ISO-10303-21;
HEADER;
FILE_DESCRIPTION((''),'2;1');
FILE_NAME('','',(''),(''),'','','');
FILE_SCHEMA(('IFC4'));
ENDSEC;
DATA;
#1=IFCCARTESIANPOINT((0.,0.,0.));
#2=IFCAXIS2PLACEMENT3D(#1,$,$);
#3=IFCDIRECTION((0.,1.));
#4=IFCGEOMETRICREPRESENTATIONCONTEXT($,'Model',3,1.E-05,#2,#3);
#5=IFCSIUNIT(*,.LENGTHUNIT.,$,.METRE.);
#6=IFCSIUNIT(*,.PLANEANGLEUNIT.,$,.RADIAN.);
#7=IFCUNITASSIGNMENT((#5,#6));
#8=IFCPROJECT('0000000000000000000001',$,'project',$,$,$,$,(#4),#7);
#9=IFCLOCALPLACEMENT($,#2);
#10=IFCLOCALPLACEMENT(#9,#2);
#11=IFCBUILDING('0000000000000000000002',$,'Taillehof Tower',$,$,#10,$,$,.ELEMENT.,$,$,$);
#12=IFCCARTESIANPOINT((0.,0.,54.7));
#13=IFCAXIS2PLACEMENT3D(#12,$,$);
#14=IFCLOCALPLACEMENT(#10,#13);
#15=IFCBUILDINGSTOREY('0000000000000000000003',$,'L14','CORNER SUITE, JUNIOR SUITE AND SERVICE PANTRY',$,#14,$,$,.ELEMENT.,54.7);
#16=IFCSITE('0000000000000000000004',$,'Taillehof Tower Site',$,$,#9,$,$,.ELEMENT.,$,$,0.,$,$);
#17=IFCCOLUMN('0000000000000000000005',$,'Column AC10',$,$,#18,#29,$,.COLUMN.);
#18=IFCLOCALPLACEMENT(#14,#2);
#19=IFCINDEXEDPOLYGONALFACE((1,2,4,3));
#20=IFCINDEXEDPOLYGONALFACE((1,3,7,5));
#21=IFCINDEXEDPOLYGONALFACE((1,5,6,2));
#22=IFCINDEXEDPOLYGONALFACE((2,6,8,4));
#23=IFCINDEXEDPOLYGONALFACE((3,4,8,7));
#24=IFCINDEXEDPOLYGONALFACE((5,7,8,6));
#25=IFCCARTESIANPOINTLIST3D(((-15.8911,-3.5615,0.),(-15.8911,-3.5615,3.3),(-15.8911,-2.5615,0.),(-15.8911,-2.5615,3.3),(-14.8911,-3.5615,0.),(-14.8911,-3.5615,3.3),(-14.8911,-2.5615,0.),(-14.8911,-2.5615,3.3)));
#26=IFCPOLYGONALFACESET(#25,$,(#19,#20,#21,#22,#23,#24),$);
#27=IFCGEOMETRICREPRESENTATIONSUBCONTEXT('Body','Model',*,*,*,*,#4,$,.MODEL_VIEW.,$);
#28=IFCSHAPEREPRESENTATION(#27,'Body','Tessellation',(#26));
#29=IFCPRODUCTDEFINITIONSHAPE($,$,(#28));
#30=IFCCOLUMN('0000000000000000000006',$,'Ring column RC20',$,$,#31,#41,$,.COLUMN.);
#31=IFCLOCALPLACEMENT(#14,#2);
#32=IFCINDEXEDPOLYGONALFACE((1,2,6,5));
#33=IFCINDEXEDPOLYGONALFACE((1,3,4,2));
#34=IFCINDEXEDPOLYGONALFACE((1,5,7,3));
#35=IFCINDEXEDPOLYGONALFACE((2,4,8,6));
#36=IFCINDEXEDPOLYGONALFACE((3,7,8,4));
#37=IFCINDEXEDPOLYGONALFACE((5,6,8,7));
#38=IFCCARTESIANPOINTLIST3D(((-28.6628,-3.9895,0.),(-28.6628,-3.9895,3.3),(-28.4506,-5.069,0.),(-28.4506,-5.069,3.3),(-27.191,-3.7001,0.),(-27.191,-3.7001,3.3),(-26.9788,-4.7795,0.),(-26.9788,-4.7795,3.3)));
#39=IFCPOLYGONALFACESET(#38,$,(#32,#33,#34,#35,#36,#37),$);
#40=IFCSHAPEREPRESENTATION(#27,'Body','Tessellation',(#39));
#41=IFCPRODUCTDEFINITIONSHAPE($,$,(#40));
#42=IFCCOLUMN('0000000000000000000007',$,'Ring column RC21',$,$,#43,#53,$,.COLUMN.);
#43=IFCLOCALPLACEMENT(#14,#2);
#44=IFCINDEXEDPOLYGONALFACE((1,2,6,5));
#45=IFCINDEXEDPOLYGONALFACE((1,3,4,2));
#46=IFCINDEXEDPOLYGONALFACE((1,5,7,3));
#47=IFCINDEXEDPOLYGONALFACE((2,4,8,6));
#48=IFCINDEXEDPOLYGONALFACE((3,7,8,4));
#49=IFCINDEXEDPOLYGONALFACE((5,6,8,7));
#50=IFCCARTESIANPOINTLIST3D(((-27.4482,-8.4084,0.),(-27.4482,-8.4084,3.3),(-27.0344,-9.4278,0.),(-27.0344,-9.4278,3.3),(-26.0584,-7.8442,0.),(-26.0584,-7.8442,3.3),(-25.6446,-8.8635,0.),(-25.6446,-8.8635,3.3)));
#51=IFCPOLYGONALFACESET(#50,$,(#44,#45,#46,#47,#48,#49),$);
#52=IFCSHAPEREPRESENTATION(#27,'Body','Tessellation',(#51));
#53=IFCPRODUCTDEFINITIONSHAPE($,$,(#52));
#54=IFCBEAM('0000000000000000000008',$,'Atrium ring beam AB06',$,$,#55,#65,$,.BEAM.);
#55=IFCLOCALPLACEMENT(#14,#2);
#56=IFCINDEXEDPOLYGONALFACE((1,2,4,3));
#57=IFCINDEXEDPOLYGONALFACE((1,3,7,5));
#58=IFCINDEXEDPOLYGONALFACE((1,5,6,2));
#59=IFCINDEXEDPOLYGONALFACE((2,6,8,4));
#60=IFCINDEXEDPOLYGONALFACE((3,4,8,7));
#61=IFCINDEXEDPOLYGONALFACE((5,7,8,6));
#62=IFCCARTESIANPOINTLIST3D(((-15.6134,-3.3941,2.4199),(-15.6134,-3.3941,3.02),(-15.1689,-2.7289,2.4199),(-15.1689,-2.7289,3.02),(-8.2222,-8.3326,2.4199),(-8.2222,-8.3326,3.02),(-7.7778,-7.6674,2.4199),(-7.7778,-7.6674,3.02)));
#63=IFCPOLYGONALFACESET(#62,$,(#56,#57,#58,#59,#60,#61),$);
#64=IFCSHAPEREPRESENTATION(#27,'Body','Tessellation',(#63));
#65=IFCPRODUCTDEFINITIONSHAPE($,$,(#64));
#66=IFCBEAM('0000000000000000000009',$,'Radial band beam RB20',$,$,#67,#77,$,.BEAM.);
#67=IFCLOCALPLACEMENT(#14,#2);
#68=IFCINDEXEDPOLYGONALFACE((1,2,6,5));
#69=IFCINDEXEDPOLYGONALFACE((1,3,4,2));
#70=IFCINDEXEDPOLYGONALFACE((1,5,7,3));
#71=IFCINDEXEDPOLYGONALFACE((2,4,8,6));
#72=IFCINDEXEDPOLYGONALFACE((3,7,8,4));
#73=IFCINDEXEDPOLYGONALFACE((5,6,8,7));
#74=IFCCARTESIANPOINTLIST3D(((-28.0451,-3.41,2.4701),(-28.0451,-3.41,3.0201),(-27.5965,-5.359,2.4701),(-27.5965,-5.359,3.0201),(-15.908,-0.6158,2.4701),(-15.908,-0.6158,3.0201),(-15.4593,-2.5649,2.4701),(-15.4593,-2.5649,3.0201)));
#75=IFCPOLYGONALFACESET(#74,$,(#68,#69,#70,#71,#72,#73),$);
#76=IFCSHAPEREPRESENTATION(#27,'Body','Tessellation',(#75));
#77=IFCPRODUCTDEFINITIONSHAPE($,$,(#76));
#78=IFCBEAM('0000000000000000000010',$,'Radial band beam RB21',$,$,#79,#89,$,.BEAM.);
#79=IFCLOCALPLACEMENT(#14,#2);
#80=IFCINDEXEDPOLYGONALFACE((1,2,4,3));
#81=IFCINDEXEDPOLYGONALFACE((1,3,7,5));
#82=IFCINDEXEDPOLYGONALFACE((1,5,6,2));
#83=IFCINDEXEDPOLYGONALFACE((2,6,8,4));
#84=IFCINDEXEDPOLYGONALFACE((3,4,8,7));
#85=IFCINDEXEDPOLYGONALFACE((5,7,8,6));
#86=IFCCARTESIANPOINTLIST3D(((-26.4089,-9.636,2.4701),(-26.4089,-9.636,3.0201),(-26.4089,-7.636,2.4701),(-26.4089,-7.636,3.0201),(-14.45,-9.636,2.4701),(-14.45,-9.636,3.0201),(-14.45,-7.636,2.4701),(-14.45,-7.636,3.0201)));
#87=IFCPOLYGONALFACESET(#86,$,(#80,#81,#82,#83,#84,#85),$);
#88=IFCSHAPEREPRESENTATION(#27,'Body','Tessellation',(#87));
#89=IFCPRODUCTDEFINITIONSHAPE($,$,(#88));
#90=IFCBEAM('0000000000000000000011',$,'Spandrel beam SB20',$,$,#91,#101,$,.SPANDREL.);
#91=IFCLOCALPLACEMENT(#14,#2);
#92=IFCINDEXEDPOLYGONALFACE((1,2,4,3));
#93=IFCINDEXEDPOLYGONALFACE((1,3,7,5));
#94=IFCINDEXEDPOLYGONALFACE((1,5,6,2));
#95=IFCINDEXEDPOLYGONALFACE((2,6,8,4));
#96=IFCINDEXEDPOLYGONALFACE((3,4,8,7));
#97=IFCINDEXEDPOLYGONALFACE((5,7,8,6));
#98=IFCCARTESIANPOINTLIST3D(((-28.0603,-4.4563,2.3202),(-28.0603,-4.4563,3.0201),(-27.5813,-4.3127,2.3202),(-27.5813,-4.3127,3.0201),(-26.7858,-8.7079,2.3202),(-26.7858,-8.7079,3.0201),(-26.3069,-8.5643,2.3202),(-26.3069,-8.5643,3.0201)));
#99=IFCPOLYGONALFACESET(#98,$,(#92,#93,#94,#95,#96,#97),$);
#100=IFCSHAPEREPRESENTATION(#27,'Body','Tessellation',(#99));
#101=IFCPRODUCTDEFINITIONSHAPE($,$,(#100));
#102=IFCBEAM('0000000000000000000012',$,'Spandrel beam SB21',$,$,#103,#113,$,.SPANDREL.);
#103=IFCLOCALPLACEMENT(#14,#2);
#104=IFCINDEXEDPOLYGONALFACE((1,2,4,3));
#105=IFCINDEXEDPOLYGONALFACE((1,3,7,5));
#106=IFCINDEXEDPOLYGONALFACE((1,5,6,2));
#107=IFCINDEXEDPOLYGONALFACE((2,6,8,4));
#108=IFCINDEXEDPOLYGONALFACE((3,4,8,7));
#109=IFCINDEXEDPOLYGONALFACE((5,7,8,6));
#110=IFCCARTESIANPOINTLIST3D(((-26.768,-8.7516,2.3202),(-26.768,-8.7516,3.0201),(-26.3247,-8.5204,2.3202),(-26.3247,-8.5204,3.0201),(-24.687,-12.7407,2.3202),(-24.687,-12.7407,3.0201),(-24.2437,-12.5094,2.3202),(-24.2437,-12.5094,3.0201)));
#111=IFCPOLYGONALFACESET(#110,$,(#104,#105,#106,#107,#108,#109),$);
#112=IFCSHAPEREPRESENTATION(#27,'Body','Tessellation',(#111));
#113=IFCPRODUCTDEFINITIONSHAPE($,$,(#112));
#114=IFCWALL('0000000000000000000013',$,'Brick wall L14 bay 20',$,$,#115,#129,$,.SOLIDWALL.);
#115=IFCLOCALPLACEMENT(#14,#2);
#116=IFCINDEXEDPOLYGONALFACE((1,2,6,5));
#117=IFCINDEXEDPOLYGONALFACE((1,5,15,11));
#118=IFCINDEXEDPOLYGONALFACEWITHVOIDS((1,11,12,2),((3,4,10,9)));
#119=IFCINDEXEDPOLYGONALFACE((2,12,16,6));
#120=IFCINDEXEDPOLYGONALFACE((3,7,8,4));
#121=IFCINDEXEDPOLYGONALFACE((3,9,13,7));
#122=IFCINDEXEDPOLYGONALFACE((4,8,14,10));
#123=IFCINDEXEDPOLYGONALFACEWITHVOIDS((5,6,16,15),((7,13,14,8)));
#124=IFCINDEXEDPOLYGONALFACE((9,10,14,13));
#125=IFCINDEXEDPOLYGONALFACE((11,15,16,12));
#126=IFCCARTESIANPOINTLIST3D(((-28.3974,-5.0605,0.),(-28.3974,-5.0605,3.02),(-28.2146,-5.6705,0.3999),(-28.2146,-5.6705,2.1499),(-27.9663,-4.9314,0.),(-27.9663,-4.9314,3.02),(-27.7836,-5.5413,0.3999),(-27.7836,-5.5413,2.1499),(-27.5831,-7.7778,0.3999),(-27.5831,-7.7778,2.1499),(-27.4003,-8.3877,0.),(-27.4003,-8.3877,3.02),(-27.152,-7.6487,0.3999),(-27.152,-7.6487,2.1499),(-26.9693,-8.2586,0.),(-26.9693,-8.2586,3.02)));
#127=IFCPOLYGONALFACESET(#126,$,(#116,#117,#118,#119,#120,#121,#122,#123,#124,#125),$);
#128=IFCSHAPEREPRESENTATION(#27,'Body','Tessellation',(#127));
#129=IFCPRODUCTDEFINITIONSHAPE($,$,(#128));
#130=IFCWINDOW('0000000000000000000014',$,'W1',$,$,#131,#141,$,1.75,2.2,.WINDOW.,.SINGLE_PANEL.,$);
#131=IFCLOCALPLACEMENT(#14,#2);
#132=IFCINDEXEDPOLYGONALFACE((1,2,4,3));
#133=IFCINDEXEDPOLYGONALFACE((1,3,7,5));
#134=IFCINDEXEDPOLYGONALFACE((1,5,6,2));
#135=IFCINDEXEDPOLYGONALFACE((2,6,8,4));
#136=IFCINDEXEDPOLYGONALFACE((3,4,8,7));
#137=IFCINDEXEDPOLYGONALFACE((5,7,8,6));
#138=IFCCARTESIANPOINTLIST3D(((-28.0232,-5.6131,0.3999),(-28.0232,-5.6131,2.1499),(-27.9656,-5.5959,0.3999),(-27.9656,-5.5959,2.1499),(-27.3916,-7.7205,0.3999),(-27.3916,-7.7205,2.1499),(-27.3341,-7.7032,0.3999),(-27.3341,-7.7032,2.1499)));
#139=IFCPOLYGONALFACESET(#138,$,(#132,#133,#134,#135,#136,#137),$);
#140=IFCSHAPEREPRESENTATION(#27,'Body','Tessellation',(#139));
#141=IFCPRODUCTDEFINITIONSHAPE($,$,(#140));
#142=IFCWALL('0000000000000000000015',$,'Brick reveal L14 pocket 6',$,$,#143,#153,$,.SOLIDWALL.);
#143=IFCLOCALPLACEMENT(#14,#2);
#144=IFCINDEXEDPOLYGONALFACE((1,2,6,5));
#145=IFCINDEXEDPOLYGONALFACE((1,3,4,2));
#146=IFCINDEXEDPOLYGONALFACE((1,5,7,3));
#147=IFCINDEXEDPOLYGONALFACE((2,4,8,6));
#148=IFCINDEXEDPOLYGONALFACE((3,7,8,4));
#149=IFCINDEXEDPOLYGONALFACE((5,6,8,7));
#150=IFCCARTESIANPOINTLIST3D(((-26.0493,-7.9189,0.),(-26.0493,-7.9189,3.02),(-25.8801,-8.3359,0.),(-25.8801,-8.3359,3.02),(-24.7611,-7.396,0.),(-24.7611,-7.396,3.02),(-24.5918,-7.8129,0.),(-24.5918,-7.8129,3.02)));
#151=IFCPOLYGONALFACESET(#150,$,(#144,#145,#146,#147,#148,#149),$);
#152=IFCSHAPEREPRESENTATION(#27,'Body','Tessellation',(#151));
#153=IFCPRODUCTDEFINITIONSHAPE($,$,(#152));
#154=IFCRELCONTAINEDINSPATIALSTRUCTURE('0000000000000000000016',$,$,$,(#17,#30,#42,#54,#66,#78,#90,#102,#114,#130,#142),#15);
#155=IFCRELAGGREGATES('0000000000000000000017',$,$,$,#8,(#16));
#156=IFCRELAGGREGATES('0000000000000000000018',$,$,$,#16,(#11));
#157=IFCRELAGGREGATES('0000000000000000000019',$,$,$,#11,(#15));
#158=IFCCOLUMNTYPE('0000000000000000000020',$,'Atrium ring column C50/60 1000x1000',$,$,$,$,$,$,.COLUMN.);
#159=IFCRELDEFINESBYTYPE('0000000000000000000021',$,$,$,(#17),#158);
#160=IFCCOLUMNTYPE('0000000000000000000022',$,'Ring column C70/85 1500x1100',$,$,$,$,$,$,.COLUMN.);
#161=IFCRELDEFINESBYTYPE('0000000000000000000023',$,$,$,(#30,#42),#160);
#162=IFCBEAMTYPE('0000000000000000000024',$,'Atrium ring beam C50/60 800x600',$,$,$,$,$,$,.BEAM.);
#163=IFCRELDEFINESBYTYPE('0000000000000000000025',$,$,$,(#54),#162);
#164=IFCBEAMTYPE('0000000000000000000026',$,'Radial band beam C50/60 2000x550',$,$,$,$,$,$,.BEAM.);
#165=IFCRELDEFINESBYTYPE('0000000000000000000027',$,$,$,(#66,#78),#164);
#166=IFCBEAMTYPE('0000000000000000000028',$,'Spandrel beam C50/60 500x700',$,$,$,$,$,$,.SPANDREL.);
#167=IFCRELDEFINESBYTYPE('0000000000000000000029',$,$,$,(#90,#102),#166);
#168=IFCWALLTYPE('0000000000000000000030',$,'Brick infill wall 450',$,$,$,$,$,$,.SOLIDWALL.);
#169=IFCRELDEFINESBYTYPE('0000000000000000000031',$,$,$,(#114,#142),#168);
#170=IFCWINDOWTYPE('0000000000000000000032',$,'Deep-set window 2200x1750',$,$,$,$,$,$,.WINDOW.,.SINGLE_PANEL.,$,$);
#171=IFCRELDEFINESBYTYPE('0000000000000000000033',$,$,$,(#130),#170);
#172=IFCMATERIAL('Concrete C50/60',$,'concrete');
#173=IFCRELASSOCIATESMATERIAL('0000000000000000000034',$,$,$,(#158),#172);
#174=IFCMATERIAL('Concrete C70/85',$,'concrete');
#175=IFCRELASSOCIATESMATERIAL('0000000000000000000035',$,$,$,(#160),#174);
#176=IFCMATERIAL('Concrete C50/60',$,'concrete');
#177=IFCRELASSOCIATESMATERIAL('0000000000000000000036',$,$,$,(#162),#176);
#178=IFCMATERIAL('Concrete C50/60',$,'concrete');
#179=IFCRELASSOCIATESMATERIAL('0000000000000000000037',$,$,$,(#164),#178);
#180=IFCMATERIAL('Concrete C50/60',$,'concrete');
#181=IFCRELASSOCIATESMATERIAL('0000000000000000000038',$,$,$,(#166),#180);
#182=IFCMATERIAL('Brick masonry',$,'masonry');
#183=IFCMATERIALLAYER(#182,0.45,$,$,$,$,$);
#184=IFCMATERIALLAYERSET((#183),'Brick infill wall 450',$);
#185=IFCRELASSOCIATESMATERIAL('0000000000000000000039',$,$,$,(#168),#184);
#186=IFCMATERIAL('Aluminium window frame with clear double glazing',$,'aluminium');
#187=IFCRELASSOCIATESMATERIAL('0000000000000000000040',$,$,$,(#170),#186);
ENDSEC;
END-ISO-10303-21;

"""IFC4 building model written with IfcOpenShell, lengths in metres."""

from ifc_helpers import new_model, si_unit, direction, frame, frame_2d, origin, origin_2d, place, context, subcontext, project, spatial, rectangle, extrude, material, layer, layer_set, material_profile, profile_set, type_object, element, fill, save


model = new_model("IFC4")

# Units and contexts
model_context = context("Model", 3, precision=1e-05, world=origin(), true_north=direction((0.0, 1.0)))
body_context = subcontext(model_context, "Body", "Model", "MODEL_VIEW")
ifc_project = project(units=[si_unit("LENGTHUNIT", "METRE"), si_unit("PLANEANGLEUNIT", "RADIAN")], contexts=[model_context])

# Site, building, storey
site_placement = place(None, origin())
site = spatial("IfcSite", under=ifc_project, at=site_placement, Name="Taillehof Tower Site", CompositionType="ELEMENT", RefElevation=0.0)
building_placement = place(site_placement, origin())
building = spatial("IfcBuilding", under=site, at=building_placement, Name="Taillehof Tower", CompositionType="ELEMENT")
storey_placement = place(building_placement, frame((0.0, 0.0, 54.7)))
storey = spatial("IfcBuildingStorey", under=building, at=storey_placement, Name="L14", Description="CORNER SUITE, JUNIOR SUITE AND SERVICE PANTRY", CompositionType="ELEMENT", Elevation=54.7)

# Columns
ifc_material_1 = material(Name="Concrete C50/60", Category="concrete")
ifc_material_profile_1 = material_profile(ifc_material_1, rectangle(XDim=1.0, YDim=1.0, at=origin_2d()), Name="RC 1000x1000")
ifc_profile_set_1 = profile_set([ifc_material_profile_1], Name="Concrete C50/60")
column_type_1 = type_object("IfcColumnType", Name="Atrium ring column C50/60 1000x1000", PredefinedType="COLUMN", material=ifc_profile_set_1)
column_placement = place(storey_placement, frame((-15.3911, -3.0615, 0.0), z_axis=(0.0, 0.0, 1.0), x_axis=(1.0, 0.0, 0.0)))
element("IfcColumn", 1, at=column_placement, inside=storey, type_object=column_type_1, Name="Column AC10", PredefinedType="COLUMN", context=body_context, shape_type="SweptSolid", body=[
    extrude(rectangle(XDim=1.0, YDim=1.0, at=origin_2d()), origin(), (0.0, 0.0, 1.0), 3.3),
])
ifc_material_2 = material(Name="Concrete C70/85", Category="concrete")
ifc_material_profile_2 = material_profile(ifc_material_2, rectangle(XDim=1.5, YDim=1.1001, at=origin_2d()), Name="RC 1500x1100")
ifc_profile_set_2 = profile_set([ifc_material_profile_2], Name="Concrete C70/85")
column_type_2 = type_object("IfcColumnType", Name="Ring column C70/85 1500x1100", PredefinedType="COLUMN", material=ifc_profile_set_2)
for number, where, z_axis, x_axis, name in (
    (2, (-27.8208, -4.3845, 0.0), (0.0, 0.0, 1.0), (-0.981204, -0.192976, 0.0), "Ring column RC20"),
    (3, (-26.5464, -8.636, 0.0), (0.0, 0.0, 1.0), (-0.926558, -0.376152, 0.0), "Ring column RC21"),
):
    element("IfcColumn", number, at=place(storey_placement, frame(where, z_axis=z_axis, x_axis=x_axis)), inside=storey, type_object=column_type_2, Name=name, PredefinedType="COLUMN", context=body_context, shape_type="SweptSolid", body=[
        extrude(rectangle(XDim=1.5, YDim=1.1001, at=origin_2d()), origin(), (0.0, 0.0, 1.0), 3.3),
    ])

# Beams
ifc_material_3 = material(Name="Concrete C50/60", Category="concrete")
ifc_material_profile_3 = material_profile(ifc_material_3, rectangle(XDim=0.8, YDim=0.6001, at=origin_2d()), Name="RC 800x600")
ifc_profile_set_3 = profile_set([ifc_material_profile_3], Name="Concrete C50/60")
beam_type_1 = type_object("IfcBeamType", Name="Atrium ring beam C50/60 800x600", PredefinedType="BEAM", material=ifc_profile_set_3)
beam_1_placement = place(storey_placement, frame((-15.3911, -3.0615, 2.72), z_axis=(0.831475, -0.555562, 0.0), x_axis=(0.555562, 0.831475, 0.0)))
element("IfcBeam", 4, at=beam_1_placement, inside=storey, type_object=beam_type_1, Name="Atrium ring beam AB06", PredefinedType="BEAM", context=body_context, shape_type="SweptSolid", body=[
    extrude(rectangle(XDim=0.8, YDim=0.6001, at=origin_2d()), origin(), (0.0, 0.0, 1.0), 8.8892),
])
ifc_material_4 = material(Name="Concrete C50/60", Category="concrete")
ifc_material_profile_4 = material_profile(ifc_material_4, rectangle(XDim=2.0, YDim=0.55, at=origin_2d()), Name="RC 2000x550")
ifc_profile_set_4 = profile_set([ifc_material_profile_4], Name="Concrete C50/60")
beam_type_2 = type_object("IfcBeamType", Name="Radial band beam C50/60 2000x550", PredefinedType="BEAM", material=ifc_profile_set_4)
beam_2_placement = place(storey_placement, frame((-27.8208, -4.3845, 2.7451), z_axis=(0.974509, 0.224348, 0.0), x_axis=(-0.224348, 0.974509, 0.0)))
element("IfcBeam", 5, at=beam_2_placement, inside=storey, type_object=beam_type_2, Name="Radial band beam RB20", PredefinedType="BEAM", context=body_context, shape_type="SweptSolid", body=[
    extrude(rectangle(XDim=2.0, YDim=0.55, at=origin_2d()), origin(), (0.0, 0.0, 1.0), 12.4546),
])
beam_3_placement = place(storey_placement, frame((-26.4089, -8.636, 2.7451), z_axis=(1.0, 0.0, 0.0), x_axis=(0.0, 1.0, 0.0)))
element("IfcBeam", 6, at=beam_3_placement, inside=storey, type_object=beam_type_2, Name="Radial band beam RB21", PredefinedType="BEAM", context=body_context, shape_type="SweptSolid", body=[
    extrude(rectangle(XDim=2.0, YDim=0.55, at=origin_2d()), origin(), (0.0, 0.0, 1.0), 11.959),
])
ifc_material_5 = material(Name="Concrete C50/60", Category="concrete")
ifc_material_profile_5 = material_profile(ifc_material_5, rectangle(XDim=0.5, YDim=0.7, at=origin_2d()), Name="RC 500x700")
ifc_profile_set_5 = profile_set([ifc_material_profile_5], Name="Concrete C50/60")
beam_type_3 = type_object("IfcBeamType", Name="Spandrel beam C50/60 500x700", PredefinedType="SPANDREL", material=ifc_profile_set_5)
beam_4_placement = place(storey_placement, frame((-27.8208, -4.3845, 2.6702), z_axis=(0.287136, -0.95789, 0.0), x_axis=(0.95789, 0.287136, 0.0)))
element("IfcBeam", 7, at=beam_4_placement, inside=storey, type_object=beam_type_3, Name="Spandrel beam SB20", PredefinedType="SPANDREL", context=body_context, shape_type="SweptSolid", body=[
    extrude(rectangle(XDim=0.5, YDim=0.7, at=origin_2d()), origin(), (0.0, 0.0, 1.0), 4.4385),
])
beam_5_placement = place(storey_placement, frame((-26.5464, -8.636, 2.6702), z_axis=(0.462536, -0.8866, 0.0), x_axis=(0.8866, 0.462536, 0.0)))
element("IfcBeam", 8, at=beam_5_placement, inside=storey, type_object=beam_type_3, Name="Spandrel beam SB21", PredefinedType="SPANDREL", context=body_context, shape_type="SweptSolid", body=[
    extrude(rectangle(XDim=0.5, YDim=0.7, at=origin_2d()), origin(), (0.0, 0.0, 1.0), 4.4993),
])

# Wall, opening, window
ifc_material_6 = material(Name="Brick masonry", Category="masonry")
ifc_layer_1 = layer(ifc_material_6, 0.45)
ifc_layer_set_1 = layer_set([ifc_layer_1], Name="Brick infill wall 450")
wall_type_1 = type_object("IfcWallType", Name="Brick infill wall 450", PredefinedType="SOLIDWALL", material=ifc_layer_set_1)
wall_1_placement = place(storey_placement, frame((-28.1819, -4.9958, 0.0), z_axis=(0.0, 0.0, 1.0), x_axis=(0.287064, -0.957911, 0.0)))
wall_1 = element("IfcWall", 9, at=wall_1_placement, inside=storey, type_object=wall_type_1, Name="Brick wall L14 bay 20", PredefinedType="SOLIDWALL", context=body_context, shape_type="SweptSolid", body=[
    extrude(rectangle(XDim=3.4734, YDim=0.45, at=frame_2d((1.7368, 0.0))), origin(), (0.0, 0.0, 1.0), 3.02),
])
opening_1_placement = place(wall_1_placement, frame((0.6367, 0.0, 0.3999)))
opening_1 = element("IfcOpeningElement", 10, at=opening_1_placement, cuts=wall_1, PredefinedType="OPENING", context=body_context, shape_type="SweptSolid", body=[
    extrude(rectangle(XDim=2.2, YDim=1.75, at=frame_2d((1.1001, 0.875))), frame((0.0, 0.2349, 0.0), z_axis=(0.0, -1.0, 0.0), x_axis=(1.0, 0.0, 0.0)), (0.0, 0.0, 1.0), 0.47),
])
ifc_material_7 = material(Name="Aluminium window frame with clear double glazing", Category="aluminium")
window_type_1 = type_object("IfcWindowType", Name="Deep-set window 2200x1750", PartitioningType="SINGLE_PANEL", PredefinedType="WINDOW", material=ifc_material_7)
window_1_placement = place(opening_1_placement, origin())
window_1 = element("IfcWindow", 11, at=window_1_placement, inside=storey, type_object=window_type_1, Name="W1", OverallHeight=1.75, OverallWidth=2.2, PartitioningType="SINGLE_PANEL", PredefinedType="WINDOW", context=body_context, shape_type="SweptSolid", body=[
    extrude(rectangle(XDim=2.2, YDim=1.75, at=frame_2d((1.1001, 0.875))), frame((0.0, 0.0349, 0.0), z_axis=(0.0, -1.0, 0.0), x_axis=(1.0, 0.0, 0.0)), (0.0, 0.0, 1.0), 0.0601),
])
fill(opening_1, window_1)

# Wall
wall_2_placement = place(storey_placement, frame((-25.9648, -8.1274, 0.0), z_axis=(0.0, 0.0, 1.0), x_axis=(0.926576, 0.376109, 0.0)))
element("IfcWall", 12, at=wall_2_placement, inside=storey, type_object=wall_type_1, Name="Brick reveal L14 pocket 6", PredefinedType="SOLIDWALL", context=body_context, shape_type="SweptSolid", body=[
    extrude(rectangle(XDim=1.3904, YDim=0.45, at=frame_2d((0.6953, 0.0))), origin(), (0.0, 0.0, 1.0), 3.02),
])

save(model, "model.ifc")
